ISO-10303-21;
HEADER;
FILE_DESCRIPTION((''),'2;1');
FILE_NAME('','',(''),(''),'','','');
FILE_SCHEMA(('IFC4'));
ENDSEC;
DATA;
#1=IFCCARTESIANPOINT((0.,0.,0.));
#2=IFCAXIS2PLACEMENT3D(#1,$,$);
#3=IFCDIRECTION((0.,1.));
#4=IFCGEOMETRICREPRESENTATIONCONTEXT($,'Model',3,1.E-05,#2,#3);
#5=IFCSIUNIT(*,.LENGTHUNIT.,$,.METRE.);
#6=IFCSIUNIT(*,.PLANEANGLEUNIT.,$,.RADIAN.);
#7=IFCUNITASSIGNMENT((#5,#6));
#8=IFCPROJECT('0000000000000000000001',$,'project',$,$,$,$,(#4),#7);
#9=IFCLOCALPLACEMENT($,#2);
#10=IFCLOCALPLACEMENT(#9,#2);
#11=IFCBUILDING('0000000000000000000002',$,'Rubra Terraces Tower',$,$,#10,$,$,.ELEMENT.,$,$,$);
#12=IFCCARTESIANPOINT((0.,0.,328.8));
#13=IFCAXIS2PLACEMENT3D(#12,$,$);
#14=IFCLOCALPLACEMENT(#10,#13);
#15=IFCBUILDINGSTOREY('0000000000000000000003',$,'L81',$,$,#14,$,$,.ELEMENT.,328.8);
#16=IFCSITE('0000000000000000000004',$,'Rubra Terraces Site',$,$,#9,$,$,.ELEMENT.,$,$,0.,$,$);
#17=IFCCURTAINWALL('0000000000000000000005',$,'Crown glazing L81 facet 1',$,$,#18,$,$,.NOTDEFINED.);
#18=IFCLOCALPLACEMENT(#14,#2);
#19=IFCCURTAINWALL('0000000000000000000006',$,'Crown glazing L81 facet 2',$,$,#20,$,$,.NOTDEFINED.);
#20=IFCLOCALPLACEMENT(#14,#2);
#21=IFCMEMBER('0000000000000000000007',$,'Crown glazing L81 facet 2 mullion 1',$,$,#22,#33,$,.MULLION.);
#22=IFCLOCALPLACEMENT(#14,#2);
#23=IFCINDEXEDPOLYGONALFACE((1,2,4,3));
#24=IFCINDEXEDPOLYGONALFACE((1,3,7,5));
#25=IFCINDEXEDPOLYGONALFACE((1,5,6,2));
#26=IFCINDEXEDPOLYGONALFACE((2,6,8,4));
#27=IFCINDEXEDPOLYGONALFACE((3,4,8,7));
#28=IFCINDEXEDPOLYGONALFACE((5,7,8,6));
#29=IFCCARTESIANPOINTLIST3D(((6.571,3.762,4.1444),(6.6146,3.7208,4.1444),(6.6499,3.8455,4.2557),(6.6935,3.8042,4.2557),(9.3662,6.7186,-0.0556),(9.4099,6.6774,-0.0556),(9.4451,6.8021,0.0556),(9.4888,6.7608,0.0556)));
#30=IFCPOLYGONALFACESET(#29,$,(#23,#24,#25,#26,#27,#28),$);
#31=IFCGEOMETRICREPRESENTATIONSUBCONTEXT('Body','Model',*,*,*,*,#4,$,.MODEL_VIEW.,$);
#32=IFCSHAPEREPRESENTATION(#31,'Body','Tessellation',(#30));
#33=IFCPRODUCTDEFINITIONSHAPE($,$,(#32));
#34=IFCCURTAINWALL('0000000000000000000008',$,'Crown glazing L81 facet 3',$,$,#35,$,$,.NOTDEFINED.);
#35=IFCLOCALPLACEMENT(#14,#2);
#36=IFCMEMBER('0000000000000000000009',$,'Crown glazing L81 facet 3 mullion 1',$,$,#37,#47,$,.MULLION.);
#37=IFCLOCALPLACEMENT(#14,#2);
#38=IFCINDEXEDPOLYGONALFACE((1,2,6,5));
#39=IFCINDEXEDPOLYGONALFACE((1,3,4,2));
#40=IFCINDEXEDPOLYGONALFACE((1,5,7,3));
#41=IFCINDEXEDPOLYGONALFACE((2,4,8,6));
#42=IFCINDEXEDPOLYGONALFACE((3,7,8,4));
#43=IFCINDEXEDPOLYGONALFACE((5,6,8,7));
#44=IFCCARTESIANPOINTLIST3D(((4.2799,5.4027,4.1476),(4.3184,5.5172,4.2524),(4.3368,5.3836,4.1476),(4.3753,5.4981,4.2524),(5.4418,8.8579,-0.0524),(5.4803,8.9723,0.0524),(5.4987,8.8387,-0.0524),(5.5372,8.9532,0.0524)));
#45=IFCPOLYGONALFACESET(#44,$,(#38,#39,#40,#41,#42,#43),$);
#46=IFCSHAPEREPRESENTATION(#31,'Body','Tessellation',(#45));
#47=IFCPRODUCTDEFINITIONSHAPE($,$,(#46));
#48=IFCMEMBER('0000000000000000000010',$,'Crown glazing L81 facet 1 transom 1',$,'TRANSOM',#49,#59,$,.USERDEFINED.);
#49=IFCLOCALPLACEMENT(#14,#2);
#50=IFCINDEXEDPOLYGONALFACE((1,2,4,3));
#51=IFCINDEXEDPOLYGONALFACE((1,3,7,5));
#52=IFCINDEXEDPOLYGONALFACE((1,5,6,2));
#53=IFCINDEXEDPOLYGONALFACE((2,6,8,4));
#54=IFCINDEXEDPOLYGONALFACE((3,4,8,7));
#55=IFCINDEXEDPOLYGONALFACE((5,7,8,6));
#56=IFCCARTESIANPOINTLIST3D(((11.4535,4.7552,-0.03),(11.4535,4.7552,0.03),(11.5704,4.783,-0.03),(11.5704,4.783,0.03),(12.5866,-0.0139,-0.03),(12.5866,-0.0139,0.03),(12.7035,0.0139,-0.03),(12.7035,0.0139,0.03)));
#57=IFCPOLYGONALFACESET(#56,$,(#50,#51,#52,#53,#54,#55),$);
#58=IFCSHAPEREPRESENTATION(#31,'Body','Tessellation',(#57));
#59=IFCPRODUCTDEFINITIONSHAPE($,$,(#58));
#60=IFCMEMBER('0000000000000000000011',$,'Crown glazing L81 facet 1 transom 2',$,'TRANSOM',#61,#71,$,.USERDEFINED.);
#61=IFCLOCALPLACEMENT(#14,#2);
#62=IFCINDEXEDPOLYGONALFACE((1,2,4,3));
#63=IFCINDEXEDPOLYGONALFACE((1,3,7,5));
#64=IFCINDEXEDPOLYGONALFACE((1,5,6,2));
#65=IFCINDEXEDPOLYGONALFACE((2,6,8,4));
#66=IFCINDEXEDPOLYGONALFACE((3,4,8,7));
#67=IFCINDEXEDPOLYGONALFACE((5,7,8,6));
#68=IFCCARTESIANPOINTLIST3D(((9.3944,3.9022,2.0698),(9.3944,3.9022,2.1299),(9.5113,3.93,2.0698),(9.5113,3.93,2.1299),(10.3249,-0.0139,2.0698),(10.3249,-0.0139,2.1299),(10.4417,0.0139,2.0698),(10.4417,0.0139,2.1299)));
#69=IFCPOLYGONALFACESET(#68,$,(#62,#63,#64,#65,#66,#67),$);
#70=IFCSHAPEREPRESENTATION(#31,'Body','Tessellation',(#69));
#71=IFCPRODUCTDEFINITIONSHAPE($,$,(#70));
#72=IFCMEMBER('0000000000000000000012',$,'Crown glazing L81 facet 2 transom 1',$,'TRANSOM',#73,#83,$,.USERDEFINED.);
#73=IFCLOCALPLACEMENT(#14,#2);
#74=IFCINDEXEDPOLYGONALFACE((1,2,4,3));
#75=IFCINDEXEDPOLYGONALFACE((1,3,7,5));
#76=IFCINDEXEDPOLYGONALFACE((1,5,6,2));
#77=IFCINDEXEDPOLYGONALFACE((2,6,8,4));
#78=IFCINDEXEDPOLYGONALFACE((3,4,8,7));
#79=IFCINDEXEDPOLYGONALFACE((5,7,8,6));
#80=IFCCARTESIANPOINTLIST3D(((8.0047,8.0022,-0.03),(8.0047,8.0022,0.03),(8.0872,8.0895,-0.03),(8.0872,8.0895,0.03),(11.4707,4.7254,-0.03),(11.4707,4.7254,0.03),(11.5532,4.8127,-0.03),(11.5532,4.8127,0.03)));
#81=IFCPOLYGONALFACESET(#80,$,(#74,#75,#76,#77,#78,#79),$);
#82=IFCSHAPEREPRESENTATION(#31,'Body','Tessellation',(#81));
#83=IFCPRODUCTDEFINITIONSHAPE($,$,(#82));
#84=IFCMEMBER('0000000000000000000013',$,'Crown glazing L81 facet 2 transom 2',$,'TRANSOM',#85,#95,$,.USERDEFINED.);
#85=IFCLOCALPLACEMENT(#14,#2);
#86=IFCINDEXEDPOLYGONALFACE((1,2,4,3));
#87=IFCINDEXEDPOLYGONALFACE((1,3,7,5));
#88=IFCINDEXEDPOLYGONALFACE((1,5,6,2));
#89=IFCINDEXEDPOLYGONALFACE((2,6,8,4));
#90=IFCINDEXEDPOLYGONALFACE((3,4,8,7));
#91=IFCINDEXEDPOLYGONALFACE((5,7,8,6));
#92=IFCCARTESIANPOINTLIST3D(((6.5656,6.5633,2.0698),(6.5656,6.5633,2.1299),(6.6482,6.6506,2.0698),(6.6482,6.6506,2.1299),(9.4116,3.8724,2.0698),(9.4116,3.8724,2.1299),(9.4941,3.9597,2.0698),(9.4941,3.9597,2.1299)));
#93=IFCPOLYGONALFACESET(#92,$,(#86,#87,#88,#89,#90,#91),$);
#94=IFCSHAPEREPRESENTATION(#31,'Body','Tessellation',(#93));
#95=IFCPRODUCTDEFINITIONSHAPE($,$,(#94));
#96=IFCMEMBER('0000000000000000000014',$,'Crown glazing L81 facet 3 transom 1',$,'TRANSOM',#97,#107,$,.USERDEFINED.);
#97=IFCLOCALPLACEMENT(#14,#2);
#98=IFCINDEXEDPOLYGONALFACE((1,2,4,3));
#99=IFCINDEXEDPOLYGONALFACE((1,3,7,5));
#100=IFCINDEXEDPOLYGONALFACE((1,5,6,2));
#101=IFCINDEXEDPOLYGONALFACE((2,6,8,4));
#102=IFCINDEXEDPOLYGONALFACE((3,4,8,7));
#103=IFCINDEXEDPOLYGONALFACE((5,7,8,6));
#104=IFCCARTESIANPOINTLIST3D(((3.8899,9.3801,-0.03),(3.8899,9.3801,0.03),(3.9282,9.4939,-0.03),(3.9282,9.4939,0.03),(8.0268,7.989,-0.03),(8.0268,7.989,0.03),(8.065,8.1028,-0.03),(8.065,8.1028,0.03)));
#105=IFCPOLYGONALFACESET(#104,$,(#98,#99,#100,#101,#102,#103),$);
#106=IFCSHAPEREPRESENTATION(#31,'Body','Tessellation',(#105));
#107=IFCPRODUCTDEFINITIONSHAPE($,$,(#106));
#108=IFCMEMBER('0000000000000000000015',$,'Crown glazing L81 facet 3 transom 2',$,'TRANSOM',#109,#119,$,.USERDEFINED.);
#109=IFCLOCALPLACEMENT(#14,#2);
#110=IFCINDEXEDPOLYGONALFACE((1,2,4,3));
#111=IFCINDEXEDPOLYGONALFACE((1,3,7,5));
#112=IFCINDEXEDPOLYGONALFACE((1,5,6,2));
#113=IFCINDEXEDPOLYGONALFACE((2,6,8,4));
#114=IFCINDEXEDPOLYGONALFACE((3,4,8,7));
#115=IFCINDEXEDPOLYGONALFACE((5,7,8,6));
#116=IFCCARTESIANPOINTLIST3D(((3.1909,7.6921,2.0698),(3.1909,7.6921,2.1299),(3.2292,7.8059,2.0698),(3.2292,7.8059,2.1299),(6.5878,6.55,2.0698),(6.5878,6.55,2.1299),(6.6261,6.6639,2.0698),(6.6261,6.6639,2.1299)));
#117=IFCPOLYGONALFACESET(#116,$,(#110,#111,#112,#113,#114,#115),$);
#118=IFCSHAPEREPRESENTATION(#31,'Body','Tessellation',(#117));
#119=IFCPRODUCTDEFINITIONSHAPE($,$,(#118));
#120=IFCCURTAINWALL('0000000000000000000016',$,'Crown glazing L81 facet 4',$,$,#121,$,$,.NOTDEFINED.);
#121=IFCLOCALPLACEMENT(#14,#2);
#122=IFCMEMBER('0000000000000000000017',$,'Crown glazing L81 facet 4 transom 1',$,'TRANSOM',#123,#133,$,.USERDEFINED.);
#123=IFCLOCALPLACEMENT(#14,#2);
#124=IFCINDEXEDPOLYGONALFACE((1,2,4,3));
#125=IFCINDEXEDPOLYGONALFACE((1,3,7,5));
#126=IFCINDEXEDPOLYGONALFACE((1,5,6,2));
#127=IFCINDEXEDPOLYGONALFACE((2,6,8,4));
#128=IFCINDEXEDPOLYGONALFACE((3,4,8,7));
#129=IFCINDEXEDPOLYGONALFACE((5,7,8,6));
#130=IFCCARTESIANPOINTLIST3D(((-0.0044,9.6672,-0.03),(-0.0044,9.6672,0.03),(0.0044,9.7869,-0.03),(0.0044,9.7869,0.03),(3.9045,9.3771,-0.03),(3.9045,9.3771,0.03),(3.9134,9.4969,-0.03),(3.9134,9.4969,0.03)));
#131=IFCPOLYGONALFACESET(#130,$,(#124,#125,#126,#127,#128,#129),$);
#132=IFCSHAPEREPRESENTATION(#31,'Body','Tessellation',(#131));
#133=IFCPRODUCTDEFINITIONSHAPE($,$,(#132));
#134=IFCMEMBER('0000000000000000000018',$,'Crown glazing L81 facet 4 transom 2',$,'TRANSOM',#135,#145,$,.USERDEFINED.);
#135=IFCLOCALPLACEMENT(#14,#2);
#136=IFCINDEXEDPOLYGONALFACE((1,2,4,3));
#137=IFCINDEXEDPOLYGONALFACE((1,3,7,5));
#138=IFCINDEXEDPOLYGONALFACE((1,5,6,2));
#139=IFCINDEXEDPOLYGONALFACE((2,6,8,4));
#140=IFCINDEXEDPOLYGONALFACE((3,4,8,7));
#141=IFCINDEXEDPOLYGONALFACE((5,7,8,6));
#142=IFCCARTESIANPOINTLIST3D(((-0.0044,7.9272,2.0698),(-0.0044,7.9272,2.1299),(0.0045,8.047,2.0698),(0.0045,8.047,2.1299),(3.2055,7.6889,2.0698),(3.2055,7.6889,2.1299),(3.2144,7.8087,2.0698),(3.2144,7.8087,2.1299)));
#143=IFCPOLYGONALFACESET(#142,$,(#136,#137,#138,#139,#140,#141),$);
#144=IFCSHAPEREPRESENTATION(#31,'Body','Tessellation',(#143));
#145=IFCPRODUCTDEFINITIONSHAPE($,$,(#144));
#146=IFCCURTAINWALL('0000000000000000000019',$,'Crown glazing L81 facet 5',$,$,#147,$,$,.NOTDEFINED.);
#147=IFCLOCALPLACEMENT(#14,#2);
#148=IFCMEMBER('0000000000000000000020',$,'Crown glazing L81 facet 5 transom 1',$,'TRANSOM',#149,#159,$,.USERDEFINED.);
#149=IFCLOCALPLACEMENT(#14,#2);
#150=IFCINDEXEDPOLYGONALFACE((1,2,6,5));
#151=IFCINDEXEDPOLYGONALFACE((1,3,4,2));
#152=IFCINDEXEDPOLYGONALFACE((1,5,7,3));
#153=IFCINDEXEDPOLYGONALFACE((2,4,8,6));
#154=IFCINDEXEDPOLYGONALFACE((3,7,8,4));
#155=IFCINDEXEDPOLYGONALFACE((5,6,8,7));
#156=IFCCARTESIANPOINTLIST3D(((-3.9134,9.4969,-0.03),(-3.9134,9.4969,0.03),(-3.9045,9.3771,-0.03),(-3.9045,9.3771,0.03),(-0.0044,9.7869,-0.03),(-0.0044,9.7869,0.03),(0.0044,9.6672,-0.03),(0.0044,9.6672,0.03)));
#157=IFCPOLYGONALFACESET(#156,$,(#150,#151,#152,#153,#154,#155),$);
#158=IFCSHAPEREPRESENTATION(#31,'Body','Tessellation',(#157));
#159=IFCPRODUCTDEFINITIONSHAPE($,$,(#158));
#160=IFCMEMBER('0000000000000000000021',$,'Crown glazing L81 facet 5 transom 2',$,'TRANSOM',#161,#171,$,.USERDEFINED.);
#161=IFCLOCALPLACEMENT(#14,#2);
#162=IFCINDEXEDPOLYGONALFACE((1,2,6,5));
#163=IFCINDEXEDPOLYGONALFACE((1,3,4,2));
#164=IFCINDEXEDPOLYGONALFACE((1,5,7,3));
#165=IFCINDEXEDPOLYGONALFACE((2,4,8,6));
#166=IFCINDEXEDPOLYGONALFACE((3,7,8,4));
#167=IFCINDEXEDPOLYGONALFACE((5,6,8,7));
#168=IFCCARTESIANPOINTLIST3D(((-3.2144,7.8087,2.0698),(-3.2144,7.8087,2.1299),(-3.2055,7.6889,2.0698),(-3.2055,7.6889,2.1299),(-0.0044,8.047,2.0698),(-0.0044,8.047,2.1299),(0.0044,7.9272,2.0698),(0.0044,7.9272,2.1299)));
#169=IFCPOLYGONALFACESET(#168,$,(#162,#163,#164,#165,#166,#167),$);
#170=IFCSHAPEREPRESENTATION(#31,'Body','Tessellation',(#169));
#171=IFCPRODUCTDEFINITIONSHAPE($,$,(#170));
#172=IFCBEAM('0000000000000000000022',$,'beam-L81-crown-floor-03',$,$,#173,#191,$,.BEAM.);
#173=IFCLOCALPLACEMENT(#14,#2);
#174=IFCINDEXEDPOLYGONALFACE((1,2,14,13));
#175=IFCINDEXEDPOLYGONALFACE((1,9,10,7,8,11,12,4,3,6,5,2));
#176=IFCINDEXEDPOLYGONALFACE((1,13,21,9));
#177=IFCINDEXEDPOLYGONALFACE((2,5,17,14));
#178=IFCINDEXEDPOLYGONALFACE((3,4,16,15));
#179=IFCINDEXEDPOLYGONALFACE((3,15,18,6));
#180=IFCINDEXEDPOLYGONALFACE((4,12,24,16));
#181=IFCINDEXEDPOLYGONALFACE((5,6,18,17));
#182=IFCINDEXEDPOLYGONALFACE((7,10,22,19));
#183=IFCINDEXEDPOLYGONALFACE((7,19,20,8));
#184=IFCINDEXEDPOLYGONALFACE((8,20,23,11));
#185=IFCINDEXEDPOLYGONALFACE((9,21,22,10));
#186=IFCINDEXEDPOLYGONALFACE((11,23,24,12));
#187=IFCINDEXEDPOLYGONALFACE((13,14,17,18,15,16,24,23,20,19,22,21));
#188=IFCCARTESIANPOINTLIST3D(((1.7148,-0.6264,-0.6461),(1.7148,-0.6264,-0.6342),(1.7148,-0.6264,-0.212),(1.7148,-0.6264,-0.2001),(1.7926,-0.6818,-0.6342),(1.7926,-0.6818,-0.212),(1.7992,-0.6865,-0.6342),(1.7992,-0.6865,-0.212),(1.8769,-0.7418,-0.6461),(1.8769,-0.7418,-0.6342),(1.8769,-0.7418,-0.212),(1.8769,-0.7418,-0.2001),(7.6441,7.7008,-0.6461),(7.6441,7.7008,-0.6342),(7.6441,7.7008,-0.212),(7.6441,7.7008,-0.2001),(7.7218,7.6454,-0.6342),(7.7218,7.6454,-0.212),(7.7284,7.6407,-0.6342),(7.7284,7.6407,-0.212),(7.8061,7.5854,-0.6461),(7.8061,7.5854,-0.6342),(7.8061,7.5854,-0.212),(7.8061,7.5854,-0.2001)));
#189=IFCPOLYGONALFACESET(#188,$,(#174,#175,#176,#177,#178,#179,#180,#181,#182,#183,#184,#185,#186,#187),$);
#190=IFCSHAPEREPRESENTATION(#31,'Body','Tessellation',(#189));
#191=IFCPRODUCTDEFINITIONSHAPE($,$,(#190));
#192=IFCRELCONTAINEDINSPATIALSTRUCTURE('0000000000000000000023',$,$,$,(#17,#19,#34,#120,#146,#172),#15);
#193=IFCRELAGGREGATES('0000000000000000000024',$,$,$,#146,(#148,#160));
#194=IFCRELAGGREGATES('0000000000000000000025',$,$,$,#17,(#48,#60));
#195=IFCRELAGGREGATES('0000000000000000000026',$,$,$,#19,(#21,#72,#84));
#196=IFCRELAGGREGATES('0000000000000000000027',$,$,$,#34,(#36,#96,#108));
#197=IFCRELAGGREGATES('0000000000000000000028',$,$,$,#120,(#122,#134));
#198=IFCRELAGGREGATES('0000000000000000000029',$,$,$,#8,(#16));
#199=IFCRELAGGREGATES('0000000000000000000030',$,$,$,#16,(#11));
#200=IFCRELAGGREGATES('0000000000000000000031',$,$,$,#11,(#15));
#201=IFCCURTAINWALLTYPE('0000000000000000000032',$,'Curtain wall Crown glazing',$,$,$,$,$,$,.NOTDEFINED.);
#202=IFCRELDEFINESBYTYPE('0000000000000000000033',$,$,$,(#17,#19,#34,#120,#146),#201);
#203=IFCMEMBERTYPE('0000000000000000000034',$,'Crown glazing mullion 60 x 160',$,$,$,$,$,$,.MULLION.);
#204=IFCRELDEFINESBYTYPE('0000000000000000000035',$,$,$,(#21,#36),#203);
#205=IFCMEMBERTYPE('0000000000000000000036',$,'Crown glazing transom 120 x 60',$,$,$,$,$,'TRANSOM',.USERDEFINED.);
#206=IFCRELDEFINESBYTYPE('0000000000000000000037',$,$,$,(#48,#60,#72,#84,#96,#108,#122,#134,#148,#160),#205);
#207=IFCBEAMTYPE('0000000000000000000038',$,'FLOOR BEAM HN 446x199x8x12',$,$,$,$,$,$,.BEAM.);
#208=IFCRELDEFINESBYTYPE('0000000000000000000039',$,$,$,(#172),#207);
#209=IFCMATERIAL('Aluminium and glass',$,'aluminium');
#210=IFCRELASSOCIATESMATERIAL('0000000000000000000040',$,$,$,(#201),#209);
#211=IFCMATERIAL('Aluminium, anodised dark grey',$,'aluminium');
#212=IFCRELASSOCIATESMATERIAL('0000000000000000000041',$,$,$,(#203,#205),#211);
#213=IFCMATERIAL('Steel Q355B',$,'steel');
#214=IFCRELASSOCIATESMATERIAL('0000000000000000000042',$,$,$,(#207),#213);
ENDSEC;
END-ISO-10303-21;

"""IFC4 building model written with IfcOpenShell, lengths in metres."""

from ifc_helpers import new_model, si_unit, direction, frame, origin, origin_2d, place, context, subcontext, project, spatial, rectangle, i_section, extrude, material, material_profile, profile_set, type_object, element, aggregate, save


model = new_model("IFC4")

# Units and contexts
model_context = context("Model", 3, precision=1e-05, world=origin(), true_north=direction((0.0, 1.0)))
body_context = subcontext(model_context, "Body", "Model", "MODEL_VIEW")
ifc_project = project(units=[si_unit("LENGTHUNIT", "METRE"), si_unit("PLANEANGLEUNIT", "RADIAN")], contexts=[model_context])

# Site, building, storey
site_placement = place(None, origin())
site = spatial("IfcSite", under=ifc_project, at=site_placement, Name="Rubra Terraces Site", CompositionType="ELEMENT", RefElevation=0.0)
building_placement = place(site_placement, origin())
building = spatial("IfcBuilding", under=site, at=building_placement, Name="Rubra Terraces Tower", CompositionType="ELEMENT")
storey_placement = place(building_placement, frame((0.0, 0.0, 328.8)))
storey = spatial("IfcBuildingStorey", under=building, at=storey_placement, Name="L81", CompositionType="ELEMENT", Elevation=328.8)

# Shared definitions
ifc_material_1 = material(Name="Steel Q355B", Category="steel")

# Curtain walls, members
ifc_material_2 = material(Name="Aluminium and glass", Category="aluminium")
curtain_wall_type = type_object("IfcCurtainWallType", Name="Curtain wall Crown glazing", PredefinedType="NOTDEFINED", material=ifc_material_2)
curtain_wall_1_placement = place(storey_placement, origin())
curtain_wall_1 = element("IfcCurtainWall", 1, at=curtain_wall_1_placement, inside=storey, type_object=curtain_wall_type, Name="Crown glazing L81 facet 1", PredefinedType="NOTDEFINED")
ifc_material_3 = material(Name="Aluminium, anodised dark grey", Category="aluminium")
ifc_material_profile_1 = material_profile(ifc_material_3, rectangle(XDim=0.0601, YDim=0.1599, at=origin_2d()), Name="AL 60x160")
ifc_profile_set_1 = profile_set([ifc_material_profile_1], Name="Aluminium, anodised dark grey")
member_type_1 = type_object("IfcMemberType", Name="Crown glazing mullion 60 x 160", PredefinedType="MULLION", material=ifc_profile_set_1)
curtain_wall_2_placement = place(storey_placement, origin())
curtain_wall_2 = element("IfcCurtainWall", 2, at=curtain_wall_2_placement, inside=storey, type_object=curtain_wall_type, Name="Crown glazing L81 facet 2", PredefinedType="NOTDEFINED")
member_1_placement = place(storey_placement, frame((9.4275, 6.7397, 0.0), z_axis=(-0.478007, -0.505605, 0.718243), x_axis=(0.72666, -0.686997, 0.0)))
member_1 = element("IfcMember", 3, at=member_1_placement, type_object=member_type_1, Name="Crown glazing L81 facet 2 mullion 1", PredefinedType="MULLION", context=body_context, shape_type="SweptSolid", body=[
    extrude(rectangle(XDim=0.0601, YDim=0.1599, at=origin_2d()), origin(), (0.0, 0.0, 1.0), 5.8477),
])
curtain_wall_3_placement = place(storey_placement, origin())
curtain_wall_3 = element("IfcCurtainWall", 4, at=curtain_wall_3_placement, inside=storey, type_object=curtain_wall_type, Name="Crown glazing L81 facet 3", PredefinedType="NOTDEFINED")
member_2_placement = place(storey_placement, frame((5.4895, 8.9055, 0.0), z_axis=(-0.208923, -0.621281, 0.755222), x_axis=(0.947843, -0.318738, 0.0)))
member_2 = element("IfcMember", 5, at=member_2_placement, type_object=member_type_1, Name="Crown glazing L81 facet 3 mullion 1", PredefinedType="MULLION", context=body_context, shape_type="SweptSolid", body=[
    extrude(rectangle(XDim=0.0601, YDim=0.1599, at=origin_2d()), origin(), (0.0, 0.0, 1.0), 5.5613),
])

# Members
ifc_material_profile_2 = material_profile(ifc_material_3, rectangle(XDim=0.1201, YDim=0.0601, at=origin_2d()), Name="AL 120x60")
ifc_profile_set_2 = profile_set([ifc_material_profile_2], Name="Aluminium, anodised dark grey")
member_type_2 = type_object("IfcMemberType", Name="Crown glazing transom 120 x 60", ElementType="TRANSOM", PredefinedType="USERDEFINED", material=ifc_profile_set_2)
member_3_placement = place(storey_placement, frame((12.645, 0.0, 0.0), z_axis=(-0.231151, 0.972918, 0.0), x_axis=(-0.972918, -0.231151, 0.0)))
member_3 = element("IfcMember", 6, at=member_3_placement, type_object=member_type_2, Name="Crown glazing L81 facet 1 transom 1", ObjectType="TRANSOM", PredefinedType="USERDEFINED", context=body_context, shape_type="SweptSolid", body=[
    extrude(rectangle(XDim=0.1201, YDim=0.0601, at=origin_2d()), origin(), (0.0, 0.0, 1.0), 4.9019),
])
member_4_placement = place(storey_placement, frame((10.3833, 0.0, 2.0999), z_axis=(-0.231159, 0.972916, 0.0), x_axis=(-0.972916, -0.231159, 0.0)))
member_4 = element("IfcMember", 7, at=member_4_placement, type_object=member_type_2, Name="Crown glazing L81 facet 1 transom 2", ObjectType="TRANSOM", PredefinedType="USERDEFINED", context=body_context, shape_type="SweptSolid", body=[
    extrude(rectangle(XDim=0.1201, YDim=0.0601, at=origin_2d()), origin(), (0.0, 0.0, 1.0), 4.0251),
])
member_5_placement = place(storey_placement, frame((11.512, 4.769, 0.0), z_axis=(-0.726662, 0.686995, 0.0), x_axis=(-0.686995, -0.726662, 0.0)))
member_5 = element("IfcMember", 8, at=member_5_placement, type_object=member_type_2, Name="Crown glazing L81 facet 2 transom 1", ObjectType="TRANSOM", PredefinedType="USERDEFINED", context=body_context, shape_type="SweptSolid", body=[
    extrude(rectangle(XDim=0.1201, YDim=0.0601, at=origin_2d()), origin(), (0.0, 0.0, 1.0), 4.7698),
])
member_6_placement = place(storey_placement, frame((9.4529, 3.916, 2.0999), z_axis=(-0.726621, 0.687039, 0.0), x_axis=(-0.687039, -0.726621, 0.0)))
member_6 = element("IfcMember", 9, at=member_6_placement, type_object=member_type_2, Name="Crown glazing L81 facet 2 transom 2", ObjectType="TRANSOM", PredefinedType="USERDEFINED", context=body_context, shape_type="SweptSolid", body=[
    extrude(rectangle(XDim=0.1201, YDim=0.0601, at=origin_2d()), origin(), (0.0, 0.0, 1.0), 3.9167),
])
member_7_placement = place(storey_placement, frame((8.0459, 8.0459, 0.0), z_axis=(-0.947847, 0.318727, 0.0), x_axis=(-0.318727, -0.947847, 0.0)))
member_7 = element("IfcMember", 10, at=member_7_placement, type_object=member_type_2, Name="Crown glazing L81 facet 3 transom 1", ObjectType="TRANSOM", PredefinedType="USERDEFINED", context=body_context, shape_type="SweptSolid", body=[
    extrude(rectangle(XDim=0.1201, YDim=0.0601, at=origin_2d()), origin(), (0.0, 0.0, 1.0), 4.3645),
])
member_8_placement = place(storey_placement, frame((6.6069, 6.6069, 2.0999), z_axis=(-0.947863, 0.318679, 0.0), x_axis=(-0.318679, -0.947863, 0.0)))
member_8 = element("IfcMember", 11, at=member_8_placement, type_object=member_type_2, Name="Crown glazing L81 facet 3 transom 2", ObjectType="TRANSOM", PredefinedType="USERDEFINED", context=body_context, shape_type="SweptSolid", body=[
    extrude(rectangle(XDim=0.1201, YDim=0.0601, at=origin_2d()), origin(), (0.0, 0.0, 1.0), 3.5837),
])

# Curtain walls, members
curtain_wall_4_placement = place(storey_placement, origin())
curtain_wall_4 = element("IfcCurtainWall", 12, at=curtain_wall_4_placement, inside=storey, type_object=curtain_wall_type, Name="Crown glazing L81 facet 4", PredefinedType="NOTDEFINED")
member_9_placement = place(storey_placement, frame((3.9089, 9.437, 0.0), z_axis=(-0.997259, 0.073996, 0.0), x_axis=(-0.073996, -0.997259, 0.0)))
member_9 = element("IfcMember", 13, at=member_9_placement, type_object=member_type_2, Name="Crown glazing L81 facet 4 transom 1", ObjectType="TRANSOM", PredefinedType="USERDEFINED", context=body_context, shape_type="SweptSolid", body=[
    extrude(rectangle(XDim=0.1201, YDim=0.0601, at=origin_2d()), origin(), (0.0, 0.0, 1.0), 3.9197),
])
member_10_placement = place(storey_placement, frame((3.21, 7.7488, 2.0999), z_axis=(-0.997256, 0.074028, 0.0), x_axis=(-0.074028, -0.997256, 0.0)))
member_10 = element("IfcMember", 14, at=member_10_placement, type_object=member_type_2, Name="Crown glazing L81 facet 4 transom 2", ObjectType="TRANSOM", PredefinedType="USERDEFINED", context=body_context, shape_type="SweptSolid", body=[
    extrude(rectangle(XDim=0.1201, YDim=0.0601, at=origin_2d()), origin(), (0.0, 0.0, 1.0), 3.2188),
])
curtain_wall_5_placement = place(storey_placement, origin())
curtain_wall_5 = element("IfcCurtainWall", 15, at=curtain_wall_5_placement, inside=storey, type_object=curtain_wall_type, Name="Crown glazing L81 facet 5", PredefinedType="NOTDEFINED")
member_11_placement = place(storey_placement, frame((0.0, 9.7271, 0.0), z_axis=(-0.997259, -0.073996, 0.0), x_axis=(0.073996, -0.997259, 0.0)))
member_11 = element("IfcMember", 16, at=member_11_placement, type_object=member_type_2, Name="Crown glazing L81 facet 5 transom 1", ObjectType="TRANSOM", PredefinedType="USERDEFINED", context=body_context, shape_type="SweptSolid", body=[
    extrude(rectangle(XDim=0.1201, YDim=0.0601, at=origin_2d()), origin(), (0.0, 0.0, 1.0), 3.9197),
])
member_12_placement = place(storey_placement, frame((0.0, 7.9871, 2.0999), z_axis=(-0.997256, -0.074028, 0.0), x_axis=(0.074028, -0.997256, 0.0)))
member_12 = element("IfcMember", 17, at=member_12_placement, type_object=member_type_2, Name="Crown glazing L81 facet 5 transom 2", ObjectType="TRANSOM", PredefinedType="USERDEFINED", context=body_context, shape_type="SweptSolid", body=[
    extrude(rectangle(XDim=0.1201, YDim=0.0601, at=origin_2d()), origin(), (0.0, 0.0, 1.0), 3.2188),
])
aggregate(curtain_wall_5, [member_11, member_12])

# Beam
ifc_material_profile_3 = material_profile(ifc_material_1, i_section(OverallWidth=0.199, OverallDepth=0.446, WebThickness=0.0081, FlangeThickness=0.012, at=origin_2d()), Name="HN 446x199x8x12")
ifc_profile_set_3 = profile_set([ifc_material_profile_3], Name="Steel Q355B")
beam_type_1 = type_object("IfcBeamType", Name="FLOOR BEAM HN 446x199x8x12", PredefinedType="BEAM", material=ifc_profile_set_3)
beam_1_placement = place(storey_placement, frame((7.7251, 7.6431, -0.4231), z_axis=(-0.580022, -0.814601, 0.0), x_axis=(0.814601, -0.580022, 0.0)))
element("IfcBeam", 18, at=beam_1_placement, inside=storey, type_object=beam_type_1, Name="beam-L81-crown-floor-03", PredefinedType="BEAM", context=body_context, shape_type="SweptSolid", body=[
    extrude(i_section(OverallWidth=0.199, OverallDepth=0.446, WebThickness=0.0081, FlangeThickness=0.012, at=origin_2d()), origin(), (0.0, 0.0, 1.0), 10.2224),
])

aggregate(curtain_wall_1, [member_3, member_4])
aggregate(curtain_wall_2, [member_1, member_5, member_6])
aggregate(curtain_wall_3, [member_2, member_7, member_8])
aggregate(curtain_wall_4, [member_9, member_10])

save(model, "model.ifc")
